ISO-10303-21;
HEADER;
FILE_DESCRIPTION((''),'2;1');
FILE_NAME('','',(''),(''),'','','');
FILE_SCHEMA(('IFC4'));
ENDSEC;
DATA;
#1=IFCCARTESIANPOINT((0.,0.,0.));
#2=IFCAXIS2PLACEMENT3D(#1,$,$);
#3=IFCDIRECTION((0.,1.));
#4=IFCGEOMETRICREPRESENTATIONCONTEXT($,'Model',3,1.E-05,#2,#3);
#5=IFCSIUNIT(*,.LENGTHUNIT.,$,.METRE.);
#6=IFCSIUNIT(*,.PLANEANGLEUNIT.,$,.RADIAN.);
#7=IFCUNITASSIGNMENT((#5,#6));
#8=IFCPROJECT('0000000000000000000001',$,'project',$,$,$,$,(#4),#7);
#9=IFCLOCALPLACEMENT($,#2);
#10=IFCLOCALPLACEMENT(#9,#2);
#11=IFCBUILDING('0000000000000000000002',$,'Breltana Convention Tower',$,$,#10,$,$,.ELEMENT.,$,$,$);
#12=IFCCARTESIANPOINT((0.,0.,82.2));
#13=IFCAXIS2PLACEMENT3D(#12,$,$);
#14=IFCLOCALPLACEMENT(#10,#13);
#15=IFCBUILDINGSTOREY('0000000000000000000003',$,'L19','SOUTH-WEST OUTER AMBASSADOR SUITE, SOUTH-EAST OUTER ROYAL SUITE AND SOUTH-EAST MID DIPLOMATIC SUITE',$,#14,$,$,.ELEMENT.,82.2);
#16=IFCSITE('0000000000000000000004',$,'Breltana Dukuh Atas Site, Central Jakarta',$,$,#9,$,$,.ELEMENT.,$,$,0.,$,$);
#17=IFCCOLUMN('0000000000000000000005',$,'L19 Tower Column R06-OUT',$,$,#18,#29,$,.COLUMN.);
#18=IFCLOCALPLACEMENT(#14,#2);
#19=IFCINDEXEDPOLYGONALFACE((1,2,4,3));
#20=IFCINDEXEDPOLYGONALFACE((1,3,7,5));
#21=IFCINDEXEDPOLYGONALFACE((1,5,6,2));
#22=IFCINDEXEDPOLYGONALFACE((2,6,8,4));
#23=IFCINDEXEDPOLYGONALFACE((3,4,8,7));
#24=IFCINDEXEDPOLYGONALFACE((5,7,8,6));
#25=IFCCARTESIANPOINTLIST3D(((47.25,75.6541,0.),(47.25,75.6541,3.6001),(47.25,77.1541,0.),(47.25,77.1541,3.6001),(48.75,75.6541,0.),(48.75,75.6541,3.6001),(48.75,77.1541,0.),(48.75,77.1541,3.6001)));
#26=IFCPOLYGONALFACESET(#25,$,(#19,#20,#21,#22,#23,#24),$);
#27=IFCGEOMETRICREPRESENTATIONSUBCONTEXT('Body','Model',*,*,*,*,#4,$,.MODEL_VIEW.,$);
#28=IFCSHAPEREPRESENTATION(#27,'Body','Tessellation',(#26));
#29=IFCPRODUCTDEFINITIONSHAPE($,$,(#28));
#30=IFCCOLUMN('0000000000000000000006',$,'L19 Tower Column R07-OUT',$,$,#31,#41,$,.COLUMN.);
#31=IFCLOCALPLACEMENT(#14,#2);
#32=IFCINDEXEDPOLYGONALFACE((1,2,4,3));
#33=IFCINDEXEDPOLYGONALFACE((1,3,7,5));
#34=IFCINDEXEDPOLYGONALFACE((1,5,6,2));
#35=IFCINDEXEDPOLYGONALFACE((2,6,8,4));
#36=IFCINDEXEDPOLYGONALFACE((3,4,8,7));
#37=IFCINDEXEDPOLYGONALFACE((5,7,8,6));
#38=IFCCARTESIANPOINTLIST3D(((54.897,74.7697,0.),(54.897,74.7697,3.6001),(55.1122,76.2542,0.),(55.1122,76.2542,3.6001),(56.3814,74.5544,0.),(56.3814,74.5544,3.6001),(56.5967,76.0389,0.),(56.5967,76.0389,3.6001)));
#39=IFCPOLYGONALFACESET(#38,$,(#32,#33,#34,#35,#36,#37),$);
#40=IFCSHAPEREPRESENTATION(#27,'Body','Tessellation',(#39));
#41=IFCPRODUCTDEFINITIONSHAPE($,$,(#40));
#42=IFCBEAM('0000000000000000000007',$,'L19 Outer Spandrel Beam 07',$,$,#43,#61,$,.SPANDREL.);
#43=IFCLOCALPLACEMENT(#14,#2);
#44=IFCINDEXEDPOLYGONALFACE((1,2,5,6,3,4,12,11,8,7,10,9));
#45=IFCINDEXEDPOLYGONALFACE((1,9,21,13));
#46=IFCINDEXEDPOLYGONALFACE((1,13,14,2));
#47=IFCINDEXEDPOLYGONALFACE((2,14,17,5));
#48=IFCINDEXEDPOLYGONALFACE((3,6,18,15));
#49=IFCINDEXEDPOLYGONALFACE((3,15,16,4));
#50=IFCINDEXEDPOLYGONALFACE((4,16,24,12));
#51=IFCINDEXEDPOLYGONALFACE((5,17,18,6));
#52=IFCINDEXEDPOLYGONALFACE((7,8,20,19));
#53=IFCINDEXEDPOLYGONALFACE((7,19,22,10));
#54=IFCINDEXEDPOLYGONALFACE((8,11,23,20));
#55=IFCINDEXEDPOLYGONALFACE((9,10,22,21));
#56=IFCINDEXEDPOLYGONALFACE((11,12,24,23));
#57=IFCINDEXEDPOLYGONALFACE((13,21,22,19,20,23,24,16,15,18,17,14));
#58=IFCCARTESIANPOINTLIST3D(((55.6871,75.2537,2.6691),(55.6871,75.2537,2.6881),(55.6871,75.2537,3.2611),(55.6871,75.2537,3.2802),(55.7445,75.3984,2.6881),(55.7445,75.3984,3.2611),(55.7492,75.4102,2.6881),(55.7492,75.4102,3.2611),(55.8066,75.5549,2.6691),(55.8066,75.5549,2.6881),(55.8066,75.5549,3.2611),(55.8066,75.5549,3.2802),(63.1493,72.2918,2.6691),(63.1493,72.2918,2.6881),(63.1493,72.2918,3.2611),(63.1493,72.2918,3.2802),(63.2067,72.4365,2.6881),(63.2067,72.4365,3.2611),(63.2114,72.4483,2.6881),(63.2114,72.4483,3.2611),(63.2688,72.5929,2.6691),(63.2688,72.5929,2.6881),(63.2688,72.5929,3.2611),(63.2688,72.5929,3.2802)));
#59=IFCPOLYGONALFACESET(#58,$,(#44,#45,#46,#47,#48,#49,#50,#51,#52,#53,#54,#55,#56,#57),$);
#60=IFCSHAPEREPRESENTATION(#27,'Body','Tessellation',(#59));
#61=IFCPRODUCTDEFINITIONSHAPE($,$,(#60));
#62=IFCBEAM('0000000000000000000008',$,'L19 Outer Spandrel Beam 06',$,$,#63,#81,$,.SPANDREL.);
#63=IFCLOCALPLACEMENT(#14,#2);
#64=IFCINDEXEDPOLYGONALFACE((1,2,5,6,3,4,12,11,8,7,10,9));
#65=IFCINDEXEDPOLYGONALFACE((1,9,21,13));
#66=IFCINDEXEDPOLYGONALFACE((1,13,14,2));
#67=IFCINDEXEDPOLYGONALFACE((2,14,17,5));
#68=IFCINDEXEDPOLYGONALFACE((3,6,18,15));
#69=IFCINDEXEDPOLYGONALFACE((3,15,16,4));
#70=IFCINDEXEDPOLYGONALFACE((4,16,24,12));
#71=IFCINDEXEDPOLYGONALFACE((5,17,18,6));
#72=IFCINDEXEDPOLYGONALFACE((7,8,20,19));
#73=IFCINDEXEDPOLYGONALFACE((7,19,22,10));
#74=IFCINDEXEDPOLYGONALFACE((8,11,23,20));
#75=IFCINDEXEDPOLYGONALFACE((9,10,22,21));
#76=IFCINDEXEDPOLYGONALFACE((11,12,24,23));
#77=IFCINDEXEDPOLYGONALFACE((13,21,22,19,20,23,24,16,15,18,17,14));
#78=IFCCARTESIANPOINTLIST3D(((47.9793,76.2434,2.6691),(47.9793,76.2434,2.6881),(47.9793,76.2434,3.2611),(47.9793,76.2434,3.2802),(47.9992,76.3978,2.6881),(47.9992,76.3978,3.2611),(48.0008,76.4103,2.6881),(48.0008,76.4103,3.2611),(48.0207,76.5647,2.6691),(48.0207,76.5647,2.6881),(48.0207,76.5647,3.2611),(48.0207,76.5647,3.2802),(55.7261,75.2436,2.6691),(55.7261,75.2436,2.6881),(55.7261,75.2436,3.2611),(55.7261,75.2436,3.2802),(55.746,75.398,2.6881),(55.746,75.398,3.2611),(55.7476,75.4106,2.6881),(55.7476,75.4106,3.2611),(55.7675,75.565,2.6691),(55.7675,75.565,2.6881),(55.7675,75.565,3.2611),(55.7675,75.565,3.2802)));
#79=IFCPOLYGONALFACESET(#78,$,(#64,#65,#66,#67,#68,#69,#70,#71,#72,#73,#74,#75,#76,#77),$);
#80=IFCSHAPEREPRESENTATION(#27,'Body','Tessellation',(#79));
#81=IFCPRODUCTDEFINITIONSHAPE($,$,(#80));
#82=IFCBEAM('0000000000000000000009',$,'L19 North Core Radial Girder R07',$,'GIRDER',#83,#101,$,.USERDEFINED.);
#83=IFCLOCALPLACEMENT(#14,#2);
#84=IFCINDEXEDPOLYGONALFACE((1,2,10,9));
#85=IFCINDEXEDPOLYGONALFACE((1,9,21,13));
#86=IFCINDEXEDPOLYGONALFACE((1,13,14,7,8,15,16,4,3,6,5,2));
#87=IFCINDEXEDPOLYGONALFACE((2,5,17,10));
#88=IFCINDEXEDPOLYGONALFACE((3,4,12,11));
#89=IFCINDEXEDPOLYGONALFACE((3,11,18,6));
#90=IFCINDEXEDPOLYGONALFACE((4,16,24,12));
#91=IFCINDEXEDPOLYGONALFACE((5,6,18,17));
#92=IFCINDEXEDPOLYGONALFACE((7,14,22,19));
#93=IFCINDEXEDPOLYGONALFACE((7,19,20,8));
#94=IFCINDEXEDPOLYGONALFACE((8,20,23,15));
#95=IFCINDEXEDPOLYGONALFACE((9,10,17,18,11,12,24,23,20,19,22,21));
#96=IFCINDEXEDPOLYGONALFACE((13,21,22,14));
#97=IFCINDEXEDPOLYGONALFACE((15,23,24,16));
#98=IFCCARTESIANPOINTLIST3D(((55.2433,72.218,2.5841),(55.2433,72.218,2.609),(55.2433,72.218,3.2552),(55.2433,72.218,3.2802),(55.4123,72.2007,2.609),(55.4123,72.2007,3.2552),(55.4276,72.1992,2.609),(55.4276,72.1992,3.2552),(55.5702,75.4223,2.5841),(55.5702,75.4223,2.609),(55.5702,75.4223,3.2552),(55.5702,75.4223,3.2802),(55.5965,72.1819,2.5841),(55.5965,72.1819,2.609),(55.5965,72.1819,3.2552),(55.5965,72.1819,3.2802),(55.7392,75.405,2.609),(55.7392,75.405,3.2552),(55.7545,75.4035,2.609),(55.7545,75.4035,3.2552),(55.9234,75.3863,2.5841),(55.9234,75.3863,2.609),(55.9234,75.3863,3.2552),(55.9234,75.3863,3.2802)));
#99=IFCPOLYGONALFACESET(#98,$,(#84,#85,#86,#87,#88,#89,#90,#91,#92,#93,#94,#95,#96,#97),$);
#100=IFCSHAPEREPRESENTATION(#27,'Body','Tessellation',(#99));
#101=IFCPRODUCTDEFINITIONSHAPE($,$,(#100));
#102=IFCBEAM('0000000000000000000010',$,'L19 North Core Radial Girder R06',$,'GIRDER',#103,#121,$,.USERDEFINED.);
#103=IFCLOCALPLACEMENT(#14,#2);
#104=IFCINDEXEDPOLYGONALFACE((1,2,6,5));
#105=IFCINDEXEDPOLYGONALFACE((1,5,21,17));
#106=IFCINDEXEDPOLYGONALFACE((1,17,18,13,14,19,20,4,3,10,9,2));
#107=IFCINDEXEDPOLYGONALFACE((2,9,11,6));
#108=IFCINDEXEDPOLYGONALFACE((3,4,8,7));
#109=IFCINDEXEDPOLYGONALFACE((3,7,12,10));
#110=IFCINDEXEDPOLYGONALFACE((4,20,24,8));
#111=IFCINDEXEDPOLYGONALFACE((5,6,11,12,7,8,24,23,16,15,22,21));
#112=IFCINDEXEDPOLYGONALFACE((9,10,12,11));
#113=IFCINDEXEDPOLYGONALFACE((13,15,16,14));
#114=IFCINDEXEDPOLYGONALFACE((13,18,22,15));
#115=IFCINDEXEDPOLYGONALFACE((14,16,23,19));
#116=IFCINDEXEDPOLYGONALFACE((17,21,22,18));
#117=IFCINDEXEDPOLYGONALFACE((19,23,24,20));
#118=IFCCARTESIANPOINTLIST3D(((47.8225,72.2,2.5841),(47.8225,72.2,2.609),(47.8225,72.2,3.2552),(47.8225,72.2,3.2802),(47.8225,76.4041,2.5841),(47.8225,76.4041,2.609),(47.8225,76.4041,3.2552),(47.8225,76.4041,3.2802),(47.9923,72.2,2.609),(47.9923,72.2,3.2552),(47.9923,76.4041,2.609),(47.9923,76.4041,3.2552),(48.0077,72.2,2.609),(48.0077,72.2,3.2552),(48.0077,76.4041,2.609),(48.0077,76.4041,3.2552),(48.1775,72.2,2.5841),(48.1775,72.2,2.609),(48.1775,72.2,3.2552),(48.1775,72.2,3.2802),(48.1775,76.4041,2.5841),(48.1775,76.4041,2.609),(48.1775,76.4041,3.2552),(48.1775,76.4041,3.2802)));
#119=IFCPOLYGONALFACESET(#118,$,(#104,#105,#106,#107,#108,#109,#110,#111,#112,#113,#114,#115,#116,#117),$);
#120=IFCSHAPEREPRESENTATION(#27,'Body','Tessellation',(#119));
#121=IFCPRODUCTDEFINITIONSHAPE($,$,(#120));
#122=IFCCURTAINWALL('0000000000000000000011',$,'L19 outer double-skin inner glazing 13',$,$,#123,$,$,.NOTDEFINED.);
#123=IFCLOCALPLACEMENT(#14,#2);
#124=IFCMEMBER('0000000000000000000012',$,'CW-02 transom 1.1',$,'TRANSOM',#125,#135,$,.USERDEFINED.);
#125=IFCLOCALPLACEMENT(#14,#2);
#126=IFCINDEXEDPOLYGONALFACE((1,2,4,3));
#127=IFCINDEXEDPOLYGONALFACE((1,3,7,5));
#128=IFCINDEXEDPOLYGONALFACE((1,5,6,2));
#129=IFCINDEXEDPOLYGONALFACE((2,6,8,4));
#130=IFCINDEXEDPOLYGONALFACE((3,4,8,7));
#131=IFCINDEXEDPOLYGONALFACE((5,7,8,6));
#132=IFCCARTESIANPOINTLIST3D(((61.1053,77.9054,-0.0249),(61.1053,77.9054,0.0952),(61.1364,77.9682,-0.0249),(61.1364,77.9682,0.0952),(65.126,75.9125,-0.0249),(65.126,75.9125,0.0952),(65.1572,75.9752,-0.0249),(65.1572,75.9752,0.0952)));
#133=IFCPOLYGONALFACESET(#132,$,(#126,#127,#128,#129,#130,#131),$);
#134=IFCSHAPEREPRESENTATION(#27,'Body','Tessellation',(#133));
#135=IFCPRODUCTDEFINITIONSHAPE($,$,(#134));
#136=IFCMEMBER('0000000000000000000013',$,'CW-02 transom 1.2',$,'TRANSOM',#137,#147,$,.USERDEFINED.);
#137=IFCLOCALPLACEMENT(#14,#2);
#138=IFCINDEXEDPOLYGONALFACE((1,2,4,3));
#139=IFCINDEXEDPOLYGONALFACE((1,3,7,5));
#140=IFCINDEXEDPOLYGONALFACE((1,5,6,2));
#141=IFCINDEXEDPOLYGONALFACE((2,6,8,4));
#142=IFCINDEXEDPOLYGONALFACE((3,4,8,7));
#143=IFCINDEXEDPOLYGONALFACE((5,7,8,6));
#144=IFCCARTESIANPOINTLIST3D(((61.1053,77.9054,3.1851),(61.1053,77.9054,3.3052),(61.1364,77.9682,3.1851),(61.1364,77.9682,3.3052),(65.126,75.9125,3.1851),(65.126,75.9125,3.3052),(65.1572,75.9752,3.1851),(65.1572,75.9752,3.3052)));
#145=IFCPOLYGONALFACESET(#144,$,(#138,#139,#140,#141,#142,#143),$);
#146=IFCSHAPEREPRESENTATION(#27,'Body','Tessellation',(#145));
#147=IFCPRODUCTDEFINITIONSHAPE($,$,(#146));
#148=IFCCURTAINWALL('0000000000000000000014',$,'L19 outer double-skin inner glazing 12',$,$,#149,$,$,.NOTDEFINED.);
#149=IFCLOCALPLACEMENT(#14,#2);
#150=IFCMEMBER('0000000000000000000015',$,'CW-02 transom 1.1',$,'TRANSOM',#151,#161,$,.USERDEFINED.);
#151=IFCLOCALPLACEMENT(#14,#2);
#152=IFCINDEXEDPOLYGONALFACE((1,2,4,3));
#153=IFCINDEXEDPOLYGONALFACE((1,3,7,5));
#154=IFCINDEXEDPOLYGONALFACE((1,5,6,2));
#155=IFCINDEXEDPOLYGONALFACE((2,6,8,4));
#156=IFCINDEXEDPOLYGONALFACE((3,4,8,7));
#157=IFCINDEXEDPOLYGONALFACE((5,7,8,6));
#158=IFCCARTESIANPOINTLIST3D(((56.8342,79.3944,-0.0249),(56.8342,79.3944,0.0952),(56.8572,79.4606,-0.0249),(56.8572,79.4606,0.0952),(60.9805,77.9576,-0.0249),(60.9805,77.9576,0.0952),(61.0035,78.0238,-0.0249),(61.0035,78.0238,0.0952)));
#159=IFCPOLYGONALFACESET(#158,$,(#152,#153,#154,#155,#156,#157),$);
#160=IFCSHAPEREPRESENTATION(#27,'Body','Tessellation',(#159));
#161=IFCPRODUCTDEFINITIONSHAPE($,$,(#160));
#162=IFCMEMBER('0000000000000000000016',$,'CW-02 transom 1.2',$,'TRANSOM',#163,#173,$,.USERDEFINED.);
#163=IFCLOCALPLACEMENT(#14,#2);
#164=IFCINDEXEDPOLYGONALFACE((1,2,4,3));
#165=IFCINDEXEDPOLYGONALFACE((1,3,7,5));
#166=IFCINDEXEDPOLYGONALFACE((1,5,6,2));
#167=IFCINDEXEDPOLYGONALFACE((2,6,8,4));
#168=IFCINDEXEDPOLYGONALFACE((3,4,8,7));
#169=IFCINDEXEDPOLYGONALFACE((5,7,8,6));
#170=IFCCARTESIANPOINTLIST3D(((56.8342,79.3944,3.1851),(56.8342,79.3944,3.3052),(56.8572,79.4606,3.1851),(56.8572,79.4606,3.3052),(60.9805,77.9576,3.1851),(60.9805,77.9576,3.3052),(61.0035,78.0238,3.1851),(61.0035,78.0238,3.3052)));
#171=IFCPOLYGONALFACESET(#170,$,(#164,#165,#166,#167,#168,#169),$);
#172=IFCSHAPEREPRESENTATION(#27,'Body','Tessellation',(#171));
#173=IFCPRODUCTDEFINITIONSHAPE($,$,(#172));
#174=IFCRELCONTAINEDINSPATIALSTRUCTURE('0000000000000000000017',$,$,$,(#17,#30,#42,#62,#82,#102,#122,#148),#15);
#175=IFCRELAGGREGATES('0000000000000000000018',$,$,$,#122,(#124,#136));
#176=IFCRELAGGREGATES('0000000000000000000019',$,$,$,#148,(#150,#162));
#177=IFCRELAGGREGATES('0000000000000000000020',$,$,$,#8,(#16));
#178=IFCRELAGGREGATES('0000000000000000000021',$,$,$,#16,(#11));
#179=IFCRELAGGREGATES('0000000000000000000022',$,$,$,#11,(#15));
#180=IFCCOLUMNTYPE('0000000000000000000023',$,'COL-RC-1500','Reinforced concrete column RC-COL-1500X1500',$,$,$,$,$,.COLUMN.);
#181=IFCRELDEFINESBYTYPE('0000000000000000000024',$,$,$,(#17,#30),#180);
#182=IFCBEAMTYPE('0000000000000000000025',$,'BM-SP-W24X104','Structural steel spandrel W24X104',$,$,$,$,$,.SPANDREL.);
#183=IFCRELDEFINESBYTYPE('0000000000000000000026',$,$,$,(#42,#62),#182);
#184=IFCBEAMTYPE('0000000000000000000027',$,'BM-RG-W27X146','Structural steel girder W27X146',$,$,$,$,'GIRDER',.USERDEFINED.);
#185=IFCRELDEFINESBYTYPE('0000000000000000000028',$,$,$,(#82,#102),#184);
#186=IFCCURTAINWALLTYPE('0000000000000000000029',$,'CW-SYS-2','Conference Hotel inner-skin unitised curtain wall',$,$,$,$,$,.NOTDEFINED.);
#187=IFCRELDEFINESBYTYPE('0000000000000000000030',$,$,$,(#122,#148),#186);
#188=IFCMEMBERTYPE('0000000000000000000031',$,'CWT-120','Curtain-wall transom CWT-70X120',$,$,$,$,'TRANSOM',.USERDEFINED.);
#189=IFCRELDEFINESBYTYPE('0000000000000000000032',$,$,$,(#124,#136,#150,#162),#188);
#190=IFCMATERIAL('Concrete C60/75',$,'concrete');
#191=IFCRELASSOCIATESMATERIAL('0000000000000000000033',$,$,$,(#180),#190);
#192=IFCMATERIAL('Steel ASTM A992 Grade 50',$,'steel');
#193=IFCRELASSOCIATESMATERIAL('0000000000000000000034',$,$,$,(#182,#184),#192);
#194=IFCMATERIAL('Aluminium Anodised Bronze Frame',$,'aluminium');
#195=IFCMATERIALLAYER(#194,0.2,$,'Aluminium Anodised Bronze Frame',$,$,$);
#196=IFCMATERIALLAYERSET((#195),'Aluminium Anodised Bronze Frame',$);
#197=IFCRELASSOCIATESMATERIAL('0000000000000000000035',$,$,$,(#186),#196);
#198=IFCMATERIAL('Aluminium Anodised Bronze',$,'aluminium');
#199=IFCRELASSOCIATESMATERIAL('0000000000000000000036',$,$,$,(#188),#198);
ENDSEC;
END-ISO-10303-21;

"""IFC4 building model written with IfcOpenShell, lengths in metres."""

from ifc_helpers import new_model, si_unit, direction, frame, origin, origin_2d, place, context, subcontext, project, spatial, rectangle, i_section, extrude, source, transform, mapped, material, layer, layer_set, material_profile, profile_set, type_object, element, aggregate, save


model = new_model("IFC4")

# Units and contexts
model_context = context("Model", 3, precision=1e-05, world=origin(), true_north=direction((0.0, 1.0)))
body_context = subcontext(model_context, "Body", "Model", "MODEL_VIEW")
ifc_project = project(units=[si_unit("LENGTHUNIT", "METRE"), si_unit("PLANEANGLEUNIT", "RADIAN")], contexts=[model_context])

# Site, building, storey
site_placement = place(None, origin())
site = spatial("IfcSite", under=ifc_project, at=site_placement, Name="Breltana Dukuh Atas Site, Central Jakarta", CompositionType="ELEMENT", RefElevation=0.0)
building_placement = place(site_placement, origin())
building = spatial("IfcBuilding", under=site, at=building_placement, Name="Breltana Convention Tower", CompositionType="ELEMENT")
storey_placement = place(building_placement, frame((0.0, 0.0, 82.2)))
storey = spatial("IfcBuildingStorey", under=building, at=storey_placement, Name="L19", Description="SOUTH-WEST OUTER AMBASSADOR SUITE, SOUTH-EAST OUTER ROYAL SUITE AND SOUTH-EAST MID DIPLOMATIC SUITE", CompositionType="ELEMENT", Elevation=82.2)

# Columns
ifc_material_1 = material(Name="Concrete C60/75", Category="concrete")
ifc_material_profile_1 = material_profile(ifc_material_1, rectangle(XDim=1.5, YDim=1.5, at=origin_2d()), Name="RC-COL-1500X1500")
ifc_profile_set_1 = profile_set([ifc_material_profile_1], Name="Concrete C60/75")
column_type = type_object("IfcColumnType", Name="COL-RC-1500", Description="Reinforced concrete column RC-COL-1500X1500", PredefinedType="COLUMN", material=ifc_profile_set_1)
shared_shape_1 = source(origin(), body_context, "Body", "SweptSolid", [
    extrude(rectangle(XDim=1.5, YDim=1.5, at=origin_2d()), origin(), (0.0, 0.0, 1.0), 3.6001),
])
for number, where, z_axis, x_axis, name in (
    (1, (48.0, 76.4041, 0.0), (0.0, 0.0, 1.0), (0.0, 1.0, 0.0), "L19 Tower Column R06-OUT"),
    (2, (55.7468, 75.4043, 0.0), (0.0, 0.0, 1.0), (0.143493, 0.989651, 0.0), "L19 Tower Column R07-OUT"),
):
    element("IfcColumn", number, at=place(storey_placement, frame(where, z_axis=z_axis, x_axis=x_axis)), inside=storey, type_object=column_type, Name=name, PredefinedType="COLUMN", context=body_context, shape_type="MappedRepresentation", body=[
        mapped(shared_shape_1, transform((0.0, 0.0, 0.0), scale=1.0)),
    ])

# Beams
ifc_material_2 = material(Name="Steel ASTM A992 Grade 50", Category="steel")
ifc_material_profile_2 = material_profile(ifc_material_2, i_section(OverallWidth=0.324, OverallDepth=0.6111, WebThickness=0.0127, FlangeThickness=0.019, at=origin_2d()), Name="W24X104")
ifc_profile_set_2 = profile_set([ifc_material_profile_2], Name="Steel ASTM A992 Grade 50")
beam_type_1 = type_object("IfcBeamType", Name="BM-SP-W24X104", Description="Structural steel spandrel W24X104", PredefinedType="SPANDREL", material=ifc_profile_set_2)
shared_shape_2 = source(origin(), body_context, "Body", "SweptSolid", [
    extrude(i_section(OverallWidth=0.324, OverallDepth=0.6111, WebThickness=0.0127, FlangeThickness=0.019, at=origin_2d()), origin(), (0.0, 0.0, 1.0), 8.0286),
])
beam_1_placement = place(storey_placement, frame((55.7468, 75.4043, 2.9746), z_axis=(0.929459, -0.368925, 0.0), x_axis=(0.368925, 0.929459, 0.0)))
element("IfcBeam", 3, at=beam_1_placement, inside=storey, type_object=beam_type_1, Name="L19 Outer Spandrel Beam 07", PredefinedType="SPANDREL", context=body_context, shape_type="MappedRepresentation", body=[
    mapped(shared_shape_2, transform((0.0, 0.0, 0.0), scale=1.0)),
])
shared_shape_3 = source(origin(), body_context, "Body", "SweptSolid", [
    extrude(i_section(OverallWidth=0.324, OverallDepth=0.6111, WebThickness=0.0127, FlangeThickness=0.019, at=origin_2d()), origin(), (0.0, 0.0, 1.0), 7.811),
])
beam_2_placement = place(storey_placement, frame((48.0, 76.4041, 2.9746), z_axis=(0.991775, -0.127992, 0.0), x_axis=(0.127992, 0.991775, 0.0)))
element("IfcBeam", 4, at=beam_2_placement, inside=storey, type_object=beam_type_1, Name="L19 Outer Spandrel Beam 06", PredefinedType="SPANDREL", context=body_context, shape_type="MappedRepresentation", body=[
    mapped(shared_shape_3, transform((0.0, 0.0, 0.0), scale=1.0)),
])
ifc_material_profile_3 = material_profile(ifc_material_2, i_section(OverallWidth=0.355, OverallDepth=0.696, WebThickness=0.0154, FlangeThickness=0.0249, at=origin_2d()), Name="W27X146")
ifc_profile_set_3 = profile_set([ifc_material_profile_3], Name="Steel ASTM A992 Grade 50")
beam_type_2 = type_object("IfcBeamType", Name="BM-RG-W27X146", Description="Structural steel girder W27X146", ElementType="GIRDER", PredefinedType="USERDEFINED", material=ifc_profile_set_3)
shared_shape_4 = source(origin(), body_context, "Body", "SweptSolid", [
    extrude(i_section(OverallWidth=0.355, OverallDepth=0.696, WebThickness=0.0154, FlangeThickness=0.0249, at=origin_2d()), origin(), (0.0, 0.0, 1.0), 3.2209),
])
beam_3_placement = place(storey_placement, frame((55.4199, 72.2, 2.9321), z_axis=(0.101492, 0.994836, 0.0), x_axis=(-0.994836, 0.101492, 0.0)))
element("IfcBeam", 5, at=beam_3_placement, inside=storey, type_object=beam_type_2, Name="L19 North Core Radial Girder R07", ObjectType="GIRDER", PredefinedType="USERDEFINED", context=body_context, shape_type="MappedRepresentation", body=[
    mapped(shared_shape_4, transform((0.0, 0.0, 0.0), scale=1.0)),
])
shared_shape_5 = source(origin(), body_context, "Body", "SweptSolid", [
    extrude(i_section(OverallWidth=0.355, OverallDepth=0.696, WebThickness=0.0154, FlangeThickness=0.0249, at=origin_2d()), origin(), (0.0, 0.0, 1.0), 4.2041),
])
beam_4_placement = place(storey_placement, frame((48.0, 72.2, 2.9321), z_axis=(0.0, 1.0, 0.0), x_axis=(-1.0, 0.0, 0.0)))
element("IfcBeam", 6, at=beam_4_placement, inside=storey, type_object=beam_type_2, Name="L19 North Core Radial Girder R06", ObjectType="GIRDER", PredefinedType="USERDEFINED", context=body_context, shape_type="MappedRepresentation", body=[
    mapped(shared_shape_5, transform((0.0, 0.0, 0.0), scale=1.0)),
])

# Curtain walls, members
ifc_material_3 = material(Name="Aluminium Anodised Bronze Frame", Category="aluminium")
ifc_layer_1 = layer(ifc_material_3, 0.2, Name="Aluminium Anodised Bronze Frame")
ifc_layer_set_1 = layer_set([ifc_layer_1], Name="Aluminium Anodised Bronze Frame")
curtain_wall_type = type_object("IfcCurtainWallType", Name="CW-SYS-2", Description="Conference Hotel inner-skin unitised curtain wall", PredefinedType="NOTDEFINED", material=ifc_layer_set_1)
curtain_wall_1_placement = place(storey_placement, origin())
curtain_wall_1 = element("IfcCurtainWall", 7, at=curtain_wall_1_placement, inside=storey, type_object=curtain_wall_type, Name="L19 outer double-skin inner glazing 13", PredefinedType="NOTDEFINED")
ifc_material_4 = material(Name="Aluminium Anodised Bronze", Category="aluminium")
ifc_material_profile_4 = material_profile(ifc_material_4, rectangle(XDim=0.0701, YDim=0.1201, at=origin_2d()), Name="CWT-70X120")
ifc_profile_set_4 = profile_set([ifc_material_profile_4], Name="Aluminium Anodised Bronze")
member_type_1 = type_object("IfcMemberType", Name="CWT-120", Description="Curtain-wall transom CWT-70X120", ElementType="TRANSOM", PredefinedType="USERDEFINED", material=ifc_profile_set_4)
shared_shape_6 = source(origin(), body_context, "Body", "SweptSolid", [
    extrude(rectangle(XDim=0.0701, YDim=0.1201, at=origin_2d()), origin(), (0.0, 0.0, 1.0), 4.4875),
])
member_1_placement = place(storey_placement, frame((61.1208, 77.9368, 0.0352), z_axis=(0.895978, -0.444099, 0.0), x_axis=(0.444099, 0.895978, 0.0)))
member_1 = element("IfcMember", 8, at=member_1_placement, type_object=member_type_1, Name="CW-02 transom 1.1", ObjectType="TRANSOM", PredefinedType="USERDEFINED", context=body_context, shape_type="MappedRepresentation", body=[
    mapped(shared_shape_6, transform((0.0, 0.0, 0.0), scale=1.0)),
])
member_2_placement = place(storey_placement, frame((61.1208, 77.9368, 3.2451), z_axis=(0.895978, -0.444099, 0.0), x_axis=(0.444099, 0.895978, 0.0)))
member_2 = element("IfcMember", 9, at=member_2_placement, type_object=member_type_1, Name="CW-02 transom 1.2", ObjectType="TRANSOM", PredefinedType="USERDEFINED", context=body_context, shape_type="MappedRepresentation", body=[
    mapped(shared_shape_6, transform((0.0, 0.0, 0.0), scale=1.0)),
])
curtain_wall_2_placement = place(storey_placement, origin())
curtain_wall_2 = element("IfcCurtainWall", 10, at=curtain_wall_2_placement, inside=storey, type_object=curtain_wall_type, Name="L19 outer double-skin inner glazing 12", PredefinedType="NOTDEFINED")
shared_shape_7 = source(origin(), body_context, "Body", "SweptSolid", [
    extrude(rectangle(XDim=0.0701, YDim=0.1201, at=origin_2d()), origin(), (0.0, 0.0, 1.0), 4.3882),
])
member_3_placement = place(storey_placement, frame((56.8457, 79.4275, 0.0352), z_axis=(0.944878, -0.327422, 0.0), x_axis=(0.327422, 0.944878, 0.0)))
member_3 = element("IfcMember", 11, at=member_3_placement, type_object=member_type_1, Name="CW-02 transom 1.1", ObjectType="TRANSOM", PredefinedType="USERDEFINED", context=body_context, shape_type="MappedRepresentation", body=[
    mapped(shared_shape_7, transform((0.0, 0.0, 0.0), scale=1.0)),
])
member_4_placement = place(storey_placement, frame((56.8457, 79.4275, 3.2451), z_axis=(0.944878, -0.327422, 0.0), x_axis=(0.327422, 0.944878, 0.0)))
member_4 = element("IfcMember", 12, at=member_4_placement, type_object=member_type_1, Name="CW-02 transom 1.2", ObjectType="TRANSOM", PredefinedType="USERDEFINED", context=body_context, shape_type="MappedRepresentation", body=[
    mapped(shared_shape_7, transform((0.0, 0.0, 0.0), scale=1.0)),
])

aggregate(curtain_wall_1, [member_1, member_2])

aggregate(curtain_wall_2, [member_3, member_4])

save(model, "model.ifc")
